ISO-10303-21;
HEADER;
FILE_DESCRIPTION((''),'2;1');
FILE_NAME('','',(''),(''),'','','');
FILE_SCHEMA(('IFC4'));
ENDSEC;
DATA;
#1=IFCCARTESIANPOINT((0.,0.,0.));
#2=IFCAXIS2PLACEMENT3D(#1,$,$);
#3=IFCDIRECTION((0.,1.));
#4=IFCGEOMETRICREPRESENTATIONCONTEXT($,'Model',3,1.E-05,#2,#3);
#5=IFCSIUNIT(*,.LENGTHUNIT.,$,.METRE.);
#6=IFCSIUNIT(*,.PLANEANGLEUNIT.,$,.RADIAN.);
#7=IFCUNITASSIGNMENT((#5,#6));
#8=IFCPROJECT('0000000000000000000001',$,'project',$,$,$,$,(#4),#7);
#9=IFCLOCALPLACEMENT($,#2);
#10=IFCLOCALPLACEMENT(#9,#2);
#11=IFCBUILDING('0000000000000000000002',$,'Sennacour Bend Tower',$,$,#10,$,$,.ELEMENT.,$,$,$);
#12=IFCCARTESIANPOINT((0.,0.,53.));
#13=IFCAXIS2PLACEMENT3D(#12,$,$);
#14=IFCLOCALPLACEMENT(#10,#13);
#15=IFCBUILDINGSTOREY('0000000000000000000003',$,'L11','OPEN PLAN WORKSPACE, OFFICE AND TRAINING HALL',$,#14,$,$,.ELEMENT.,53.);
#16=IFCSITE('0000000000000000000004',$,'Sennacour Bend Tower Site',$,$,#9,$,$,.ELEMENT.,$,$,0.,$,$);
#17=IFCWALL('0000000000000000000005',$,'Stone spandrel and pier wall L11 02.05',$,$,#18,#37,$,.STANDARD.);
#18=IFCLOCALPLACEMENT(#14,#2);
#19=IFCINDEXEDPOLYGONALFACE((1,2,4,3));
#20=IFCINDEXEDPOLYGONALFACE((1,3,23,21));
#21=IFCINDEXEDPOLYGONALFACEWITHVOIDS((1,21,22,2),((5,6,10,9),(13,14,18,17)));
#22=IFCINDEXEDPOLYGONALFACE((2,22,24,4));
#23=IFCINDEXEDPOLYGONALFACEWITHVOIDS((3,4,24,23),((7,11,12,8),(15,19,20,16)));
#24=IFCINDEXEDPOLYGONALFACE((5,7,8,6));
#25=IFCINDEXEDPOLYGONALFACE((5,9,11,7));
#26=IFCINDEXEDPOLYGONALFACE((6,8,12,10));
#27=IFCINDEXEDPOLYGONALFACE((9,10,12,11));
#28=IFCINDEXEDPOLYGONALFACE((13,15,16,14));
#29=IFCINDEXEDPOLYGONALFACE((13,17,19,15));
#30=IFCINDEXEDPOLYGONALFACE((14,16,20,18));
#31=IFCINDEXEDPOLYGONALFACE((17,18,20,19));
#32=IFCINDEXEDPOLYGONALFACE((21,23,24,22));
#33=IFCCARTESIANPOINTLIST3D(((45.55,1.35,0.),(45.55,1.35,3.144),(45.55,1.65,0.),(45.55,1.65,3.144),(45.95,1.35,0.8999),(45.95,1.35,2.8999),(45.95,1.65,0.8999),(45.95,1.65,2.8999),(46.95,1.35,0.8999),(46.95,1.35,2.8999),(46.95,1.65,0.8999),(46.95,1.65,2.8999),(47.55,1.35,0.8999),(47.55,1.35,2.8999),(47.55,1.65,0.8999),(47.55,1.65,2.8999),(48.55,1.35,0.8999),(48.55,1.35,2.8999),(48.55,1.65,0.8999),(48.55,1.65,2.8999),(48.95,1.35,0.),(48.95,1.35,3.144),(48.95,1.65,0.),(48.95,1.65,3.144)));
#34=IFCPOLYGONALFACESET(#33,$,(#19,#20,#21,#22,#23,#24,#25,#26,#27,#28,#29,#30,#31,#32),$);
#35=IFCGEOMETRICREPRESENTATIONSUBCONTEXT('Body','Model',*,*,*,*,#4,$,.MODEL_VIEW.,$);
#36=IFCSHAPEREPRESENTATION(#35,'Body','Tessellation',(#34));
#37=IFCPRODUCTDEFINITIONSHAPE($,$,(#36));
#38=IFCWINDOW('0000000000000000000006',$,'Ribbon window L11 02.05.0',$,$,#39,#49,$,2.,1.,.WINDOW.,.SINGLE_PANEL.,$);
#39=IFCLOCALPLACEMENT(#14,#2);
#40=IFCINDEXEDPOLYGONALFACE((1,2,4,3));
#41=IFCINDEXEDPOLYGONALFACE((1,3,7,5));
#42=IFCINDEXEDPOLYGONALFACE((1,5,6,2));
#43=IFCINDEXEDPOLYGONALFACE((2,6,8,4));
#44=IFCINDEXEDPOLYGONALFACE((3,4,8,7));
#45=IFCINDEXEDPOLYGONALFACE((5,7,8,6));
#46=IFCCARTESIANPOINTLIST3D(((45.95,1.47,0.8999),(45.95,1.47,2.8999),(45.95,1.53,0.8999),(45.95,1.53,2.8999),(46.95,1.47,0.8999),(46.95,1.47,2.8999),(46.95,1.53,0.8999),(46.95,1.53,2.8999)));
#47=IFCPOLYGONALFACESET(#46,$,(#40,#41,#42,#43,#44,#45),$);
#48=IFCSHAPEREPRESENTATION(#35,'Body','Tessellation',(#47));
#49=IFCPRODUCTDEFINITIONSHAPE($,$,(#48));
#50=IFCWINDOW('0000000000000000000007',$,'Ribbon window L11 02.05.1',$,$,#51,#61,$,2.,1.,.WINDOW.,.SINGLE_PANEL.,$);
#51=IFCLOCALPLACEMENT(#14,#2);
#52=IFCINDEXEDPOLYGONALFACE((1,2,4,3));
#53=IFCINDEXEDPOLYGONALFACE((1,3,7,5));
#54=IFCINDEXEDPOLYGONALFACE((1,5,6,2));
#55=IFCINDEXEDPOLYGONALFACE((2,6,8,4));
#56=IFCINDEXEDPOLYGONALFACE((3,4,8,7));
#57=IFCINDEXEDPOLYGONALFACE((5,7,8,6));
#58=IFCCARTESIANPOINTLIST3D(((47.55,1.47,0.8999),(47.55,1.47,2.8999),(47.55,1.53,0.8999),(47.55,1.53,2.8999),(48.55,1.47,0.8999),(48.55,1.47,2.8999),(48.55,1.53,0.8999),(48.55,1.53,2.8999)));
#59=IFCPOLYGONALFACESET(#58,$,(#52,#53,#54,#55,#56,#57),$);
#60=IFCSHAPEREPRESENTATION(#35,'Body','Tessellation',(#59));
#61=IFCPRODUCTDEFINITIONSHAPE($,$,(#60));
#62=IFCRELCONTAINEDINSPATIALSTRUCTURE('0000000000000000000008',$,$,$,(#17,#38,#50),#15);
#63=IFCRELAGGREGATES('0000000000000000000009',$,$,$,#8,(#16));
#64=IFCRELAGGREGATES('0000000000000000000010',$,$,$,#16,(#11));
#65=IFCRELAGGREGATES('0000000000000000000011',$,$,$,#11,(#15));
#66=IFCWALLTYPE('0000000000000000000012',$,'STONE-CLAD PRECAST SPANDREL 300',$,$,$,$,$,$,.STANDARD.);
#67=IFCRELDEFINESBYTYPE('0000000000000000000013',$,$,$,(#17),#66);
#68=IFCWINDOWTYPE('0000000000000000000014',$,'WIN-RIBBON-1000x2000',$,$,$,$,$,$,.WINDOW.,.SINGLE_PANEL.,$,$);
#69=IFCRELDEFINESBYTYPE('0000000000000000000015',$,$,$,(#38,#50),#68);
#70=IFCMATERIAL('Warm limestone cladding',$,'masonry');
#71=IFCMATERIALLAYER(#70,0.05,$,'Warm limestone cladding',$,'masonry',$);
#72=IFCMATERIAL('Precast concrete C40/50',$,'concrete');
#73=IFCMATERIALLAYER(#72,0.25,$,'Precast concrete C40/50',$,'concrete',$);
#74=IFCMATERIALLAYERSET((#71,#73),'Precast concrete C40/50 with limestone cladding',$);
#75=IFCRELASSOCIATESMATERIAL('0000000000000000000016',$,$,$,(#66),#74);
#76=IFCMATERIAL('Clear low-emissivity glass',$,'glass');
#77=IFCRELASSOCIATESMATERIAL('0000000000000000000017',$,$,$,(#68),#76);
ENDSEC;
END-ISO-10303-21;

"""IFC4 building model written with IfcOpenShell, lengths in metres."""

from ifc_helpers import new_model, si_unit, direction, frame, frame_2d, origin, place, context, subcontext, project, spatial, rectangle, extrude, material, layer, layer_set, type_object, element, fill, save


model = new_model("IFC4")

# Units and contexts
model_context = context("Model", 3, precision=1e-05, world=origin(), true_north=direction((0.0, 1.0)))
body_context = subcontext(model_context, "Body", "Model", "MODEL_VIEW")
ifc_project = project(units=[si_unit("LENGTHUNIT", "METRE"), si_unit("PLANEANGLEUNIT", "RADIAN")], contexts=[model_context])

# Site, building, storey
site_placement = place(None, origin())
site = spatial("IfcSite", under=ifc_project, at=site_placement, Name="Sennacour Bend Tower Site", CompositionType="ELEMENT", RefElevation=0.0)
building_placement = place(site_placement, origin())
building = spatial("IfcBuilding", under=site, at=building_placement, Name="Sennacour Bend Tower", CompositionType="ELEMENT")
storey_placement = place(building_placement, frame((0.0, 0.0, 53.0)))
storey = spatial("IfcBuildingStorey", under=building, at=storey_placement, Name="L11", Description="OPEN PLAN WORKSPACE, OFFICE AND TRAINING HALL", CompositionType="ELEMENT", Elevation=53.0)

# Wall, openings, windows
ifc_material_1 = material(Name="Warm limestone cladding", Category="masonry")
ifc_layer_1 = layer(ifc_material_1, 0.05, Name="Warm limestone cladding", Category="masonry")
ifc_material_2 = material(Name="Precast concrete C40/50", Category="concrete")
ifc_layer_2 = layer(ifc_material_2, 0.25, Name="Precast concrete C40/50", Category="concrete")
ifc_layer_set_1 = layer_set([ifc_layer_1, ifc_layer_2], Name="Precast concrete C40/50 with limestone cladding")
wall_type_1 = type_object("IfcWallType", Name="STONE-CLAD PRECAST SPANDREL 300", PredefinedType="STANDARD", material=ifc_layer_set_1)
wall_1_placement = place(storey_placement, frame((45.55, 1.5, 0.0), z_axis=(0.0, 0.0, 1.0), x_axis=(1.0, 0.0, 0.0)))
wall_1 = element("IfcWall", 1, at=wall_1_placement, inside=storey, type_object=wall_type_1, Name="Stone spandrel and pier wall L11 02.05", PredefinedType="STANDARD", context=body_context, shape_type="SweptSolid", body=[
    extrude(rectangle(XDim=3.3999, YDim=0.3, at=frame_2d((1.7, 0.0))), origin(), (0.0, 0.0, 1.0), 3.144),
])
opening_1_placement = place(wall_1_placement, frame((0.3999, 0.0, 0.8999)))
opening_1 = element("IfcOpeningElement", 2, at=opening_1_placement, cuts=wall_1, PredefinedType="OPENING", context=body_context, shape_type="SweptSolid", body=[
    extrude(rectangle(XDim=1.0, YDim=2.0, at=frame_2d((0.5, 1.0))), frame((0.0, 0.1602, 0.0), z_axis=(0.0, -1.0, 0.0), x_axis=(1.0, 0.0, 0.0)), (0.0, 0.0, 1.0), 0.3201),
])
opening_2_placement = place(wall_1_placement, frame((2.0, 0.0, 0.8999)))
opening_2 = element("IfcOpeningElement", 3, at=opening_2_placement, cuts=wall_1, PredefinedType="OPENING", context=body_context, shape_type="SweptSolid", body=[
    extrude(rectangle(XDim=1.0, YDim=2.0, at=frame_2d((0.5, 1.0))), frame((0.0, 0.1602, 0.0), z_axis=(0.0, -1.0, 0.0), x_axis=(1.0, 0.0, 0.0)), (0.0, 0.0, 1.0), 0.3201),
])
ifc_material_3 = material(Name="Clear low-emissivity glass", Category="glass")
window_type = type_object("IfcWindowType", Name="WIN-RIBBON-1000x2000", PartitioningType="SINGLE_PANEL", PredefinedType="WINDOW", material=ifc_material_3)
window_1_placement = place(opening_1_placement, origin())
window_1 = element("IfcWindow", 4, at=window_1_placement, inside=storey, type_object=window_type, Name="Ribbon window L11 02.05.0", OverallHeight=2.0, OverallWidth=1.0, PartitioningType="SINGLE_PANEL", PredefinedType="WINDOW", context=body_context, shape_type="SweptSolid", body=[
    extrude(rectangle(XDim=1.0, YDim=2.0, at=frame_2d((0.5, 1.0))), frame((0.0, 0.03, 0.0), z_axis=(0.0, -1.0, 0.0), x_axis=(1.0, 0.0, 0.0)), (0.0, 0.0, 1.0), 0.0601),
])
fill(opening_1, window_1)
window_2_placement = place(opening_2_placement, origin())
window_2 = element("IfcWindow", 5, at=window_2_placement, inside=storey, type_object=window_type, Name="Ribbon window L11 02.05.1", OverallHeight=2.0, OverallWidth=1.0, PartitioningType="SINGLE_PANEL", PredefinedType="WINDOW", context=body_context, shape_type="SweptSolid", body=[
    extrude(rectangle(XDim=1.0, YDim=2.0, at=frame_2d((0.5, 1.0))), frame((0.0, 0.03, 0.0), z_axis=(0.0, -1.0, 0.0), x_axis=(1.0, 0.0, 0.0)), (0.0, 0.0, 1.0), 0.0601),
])
fill(opening_2, window_2)

save(model, "model.ifc")
